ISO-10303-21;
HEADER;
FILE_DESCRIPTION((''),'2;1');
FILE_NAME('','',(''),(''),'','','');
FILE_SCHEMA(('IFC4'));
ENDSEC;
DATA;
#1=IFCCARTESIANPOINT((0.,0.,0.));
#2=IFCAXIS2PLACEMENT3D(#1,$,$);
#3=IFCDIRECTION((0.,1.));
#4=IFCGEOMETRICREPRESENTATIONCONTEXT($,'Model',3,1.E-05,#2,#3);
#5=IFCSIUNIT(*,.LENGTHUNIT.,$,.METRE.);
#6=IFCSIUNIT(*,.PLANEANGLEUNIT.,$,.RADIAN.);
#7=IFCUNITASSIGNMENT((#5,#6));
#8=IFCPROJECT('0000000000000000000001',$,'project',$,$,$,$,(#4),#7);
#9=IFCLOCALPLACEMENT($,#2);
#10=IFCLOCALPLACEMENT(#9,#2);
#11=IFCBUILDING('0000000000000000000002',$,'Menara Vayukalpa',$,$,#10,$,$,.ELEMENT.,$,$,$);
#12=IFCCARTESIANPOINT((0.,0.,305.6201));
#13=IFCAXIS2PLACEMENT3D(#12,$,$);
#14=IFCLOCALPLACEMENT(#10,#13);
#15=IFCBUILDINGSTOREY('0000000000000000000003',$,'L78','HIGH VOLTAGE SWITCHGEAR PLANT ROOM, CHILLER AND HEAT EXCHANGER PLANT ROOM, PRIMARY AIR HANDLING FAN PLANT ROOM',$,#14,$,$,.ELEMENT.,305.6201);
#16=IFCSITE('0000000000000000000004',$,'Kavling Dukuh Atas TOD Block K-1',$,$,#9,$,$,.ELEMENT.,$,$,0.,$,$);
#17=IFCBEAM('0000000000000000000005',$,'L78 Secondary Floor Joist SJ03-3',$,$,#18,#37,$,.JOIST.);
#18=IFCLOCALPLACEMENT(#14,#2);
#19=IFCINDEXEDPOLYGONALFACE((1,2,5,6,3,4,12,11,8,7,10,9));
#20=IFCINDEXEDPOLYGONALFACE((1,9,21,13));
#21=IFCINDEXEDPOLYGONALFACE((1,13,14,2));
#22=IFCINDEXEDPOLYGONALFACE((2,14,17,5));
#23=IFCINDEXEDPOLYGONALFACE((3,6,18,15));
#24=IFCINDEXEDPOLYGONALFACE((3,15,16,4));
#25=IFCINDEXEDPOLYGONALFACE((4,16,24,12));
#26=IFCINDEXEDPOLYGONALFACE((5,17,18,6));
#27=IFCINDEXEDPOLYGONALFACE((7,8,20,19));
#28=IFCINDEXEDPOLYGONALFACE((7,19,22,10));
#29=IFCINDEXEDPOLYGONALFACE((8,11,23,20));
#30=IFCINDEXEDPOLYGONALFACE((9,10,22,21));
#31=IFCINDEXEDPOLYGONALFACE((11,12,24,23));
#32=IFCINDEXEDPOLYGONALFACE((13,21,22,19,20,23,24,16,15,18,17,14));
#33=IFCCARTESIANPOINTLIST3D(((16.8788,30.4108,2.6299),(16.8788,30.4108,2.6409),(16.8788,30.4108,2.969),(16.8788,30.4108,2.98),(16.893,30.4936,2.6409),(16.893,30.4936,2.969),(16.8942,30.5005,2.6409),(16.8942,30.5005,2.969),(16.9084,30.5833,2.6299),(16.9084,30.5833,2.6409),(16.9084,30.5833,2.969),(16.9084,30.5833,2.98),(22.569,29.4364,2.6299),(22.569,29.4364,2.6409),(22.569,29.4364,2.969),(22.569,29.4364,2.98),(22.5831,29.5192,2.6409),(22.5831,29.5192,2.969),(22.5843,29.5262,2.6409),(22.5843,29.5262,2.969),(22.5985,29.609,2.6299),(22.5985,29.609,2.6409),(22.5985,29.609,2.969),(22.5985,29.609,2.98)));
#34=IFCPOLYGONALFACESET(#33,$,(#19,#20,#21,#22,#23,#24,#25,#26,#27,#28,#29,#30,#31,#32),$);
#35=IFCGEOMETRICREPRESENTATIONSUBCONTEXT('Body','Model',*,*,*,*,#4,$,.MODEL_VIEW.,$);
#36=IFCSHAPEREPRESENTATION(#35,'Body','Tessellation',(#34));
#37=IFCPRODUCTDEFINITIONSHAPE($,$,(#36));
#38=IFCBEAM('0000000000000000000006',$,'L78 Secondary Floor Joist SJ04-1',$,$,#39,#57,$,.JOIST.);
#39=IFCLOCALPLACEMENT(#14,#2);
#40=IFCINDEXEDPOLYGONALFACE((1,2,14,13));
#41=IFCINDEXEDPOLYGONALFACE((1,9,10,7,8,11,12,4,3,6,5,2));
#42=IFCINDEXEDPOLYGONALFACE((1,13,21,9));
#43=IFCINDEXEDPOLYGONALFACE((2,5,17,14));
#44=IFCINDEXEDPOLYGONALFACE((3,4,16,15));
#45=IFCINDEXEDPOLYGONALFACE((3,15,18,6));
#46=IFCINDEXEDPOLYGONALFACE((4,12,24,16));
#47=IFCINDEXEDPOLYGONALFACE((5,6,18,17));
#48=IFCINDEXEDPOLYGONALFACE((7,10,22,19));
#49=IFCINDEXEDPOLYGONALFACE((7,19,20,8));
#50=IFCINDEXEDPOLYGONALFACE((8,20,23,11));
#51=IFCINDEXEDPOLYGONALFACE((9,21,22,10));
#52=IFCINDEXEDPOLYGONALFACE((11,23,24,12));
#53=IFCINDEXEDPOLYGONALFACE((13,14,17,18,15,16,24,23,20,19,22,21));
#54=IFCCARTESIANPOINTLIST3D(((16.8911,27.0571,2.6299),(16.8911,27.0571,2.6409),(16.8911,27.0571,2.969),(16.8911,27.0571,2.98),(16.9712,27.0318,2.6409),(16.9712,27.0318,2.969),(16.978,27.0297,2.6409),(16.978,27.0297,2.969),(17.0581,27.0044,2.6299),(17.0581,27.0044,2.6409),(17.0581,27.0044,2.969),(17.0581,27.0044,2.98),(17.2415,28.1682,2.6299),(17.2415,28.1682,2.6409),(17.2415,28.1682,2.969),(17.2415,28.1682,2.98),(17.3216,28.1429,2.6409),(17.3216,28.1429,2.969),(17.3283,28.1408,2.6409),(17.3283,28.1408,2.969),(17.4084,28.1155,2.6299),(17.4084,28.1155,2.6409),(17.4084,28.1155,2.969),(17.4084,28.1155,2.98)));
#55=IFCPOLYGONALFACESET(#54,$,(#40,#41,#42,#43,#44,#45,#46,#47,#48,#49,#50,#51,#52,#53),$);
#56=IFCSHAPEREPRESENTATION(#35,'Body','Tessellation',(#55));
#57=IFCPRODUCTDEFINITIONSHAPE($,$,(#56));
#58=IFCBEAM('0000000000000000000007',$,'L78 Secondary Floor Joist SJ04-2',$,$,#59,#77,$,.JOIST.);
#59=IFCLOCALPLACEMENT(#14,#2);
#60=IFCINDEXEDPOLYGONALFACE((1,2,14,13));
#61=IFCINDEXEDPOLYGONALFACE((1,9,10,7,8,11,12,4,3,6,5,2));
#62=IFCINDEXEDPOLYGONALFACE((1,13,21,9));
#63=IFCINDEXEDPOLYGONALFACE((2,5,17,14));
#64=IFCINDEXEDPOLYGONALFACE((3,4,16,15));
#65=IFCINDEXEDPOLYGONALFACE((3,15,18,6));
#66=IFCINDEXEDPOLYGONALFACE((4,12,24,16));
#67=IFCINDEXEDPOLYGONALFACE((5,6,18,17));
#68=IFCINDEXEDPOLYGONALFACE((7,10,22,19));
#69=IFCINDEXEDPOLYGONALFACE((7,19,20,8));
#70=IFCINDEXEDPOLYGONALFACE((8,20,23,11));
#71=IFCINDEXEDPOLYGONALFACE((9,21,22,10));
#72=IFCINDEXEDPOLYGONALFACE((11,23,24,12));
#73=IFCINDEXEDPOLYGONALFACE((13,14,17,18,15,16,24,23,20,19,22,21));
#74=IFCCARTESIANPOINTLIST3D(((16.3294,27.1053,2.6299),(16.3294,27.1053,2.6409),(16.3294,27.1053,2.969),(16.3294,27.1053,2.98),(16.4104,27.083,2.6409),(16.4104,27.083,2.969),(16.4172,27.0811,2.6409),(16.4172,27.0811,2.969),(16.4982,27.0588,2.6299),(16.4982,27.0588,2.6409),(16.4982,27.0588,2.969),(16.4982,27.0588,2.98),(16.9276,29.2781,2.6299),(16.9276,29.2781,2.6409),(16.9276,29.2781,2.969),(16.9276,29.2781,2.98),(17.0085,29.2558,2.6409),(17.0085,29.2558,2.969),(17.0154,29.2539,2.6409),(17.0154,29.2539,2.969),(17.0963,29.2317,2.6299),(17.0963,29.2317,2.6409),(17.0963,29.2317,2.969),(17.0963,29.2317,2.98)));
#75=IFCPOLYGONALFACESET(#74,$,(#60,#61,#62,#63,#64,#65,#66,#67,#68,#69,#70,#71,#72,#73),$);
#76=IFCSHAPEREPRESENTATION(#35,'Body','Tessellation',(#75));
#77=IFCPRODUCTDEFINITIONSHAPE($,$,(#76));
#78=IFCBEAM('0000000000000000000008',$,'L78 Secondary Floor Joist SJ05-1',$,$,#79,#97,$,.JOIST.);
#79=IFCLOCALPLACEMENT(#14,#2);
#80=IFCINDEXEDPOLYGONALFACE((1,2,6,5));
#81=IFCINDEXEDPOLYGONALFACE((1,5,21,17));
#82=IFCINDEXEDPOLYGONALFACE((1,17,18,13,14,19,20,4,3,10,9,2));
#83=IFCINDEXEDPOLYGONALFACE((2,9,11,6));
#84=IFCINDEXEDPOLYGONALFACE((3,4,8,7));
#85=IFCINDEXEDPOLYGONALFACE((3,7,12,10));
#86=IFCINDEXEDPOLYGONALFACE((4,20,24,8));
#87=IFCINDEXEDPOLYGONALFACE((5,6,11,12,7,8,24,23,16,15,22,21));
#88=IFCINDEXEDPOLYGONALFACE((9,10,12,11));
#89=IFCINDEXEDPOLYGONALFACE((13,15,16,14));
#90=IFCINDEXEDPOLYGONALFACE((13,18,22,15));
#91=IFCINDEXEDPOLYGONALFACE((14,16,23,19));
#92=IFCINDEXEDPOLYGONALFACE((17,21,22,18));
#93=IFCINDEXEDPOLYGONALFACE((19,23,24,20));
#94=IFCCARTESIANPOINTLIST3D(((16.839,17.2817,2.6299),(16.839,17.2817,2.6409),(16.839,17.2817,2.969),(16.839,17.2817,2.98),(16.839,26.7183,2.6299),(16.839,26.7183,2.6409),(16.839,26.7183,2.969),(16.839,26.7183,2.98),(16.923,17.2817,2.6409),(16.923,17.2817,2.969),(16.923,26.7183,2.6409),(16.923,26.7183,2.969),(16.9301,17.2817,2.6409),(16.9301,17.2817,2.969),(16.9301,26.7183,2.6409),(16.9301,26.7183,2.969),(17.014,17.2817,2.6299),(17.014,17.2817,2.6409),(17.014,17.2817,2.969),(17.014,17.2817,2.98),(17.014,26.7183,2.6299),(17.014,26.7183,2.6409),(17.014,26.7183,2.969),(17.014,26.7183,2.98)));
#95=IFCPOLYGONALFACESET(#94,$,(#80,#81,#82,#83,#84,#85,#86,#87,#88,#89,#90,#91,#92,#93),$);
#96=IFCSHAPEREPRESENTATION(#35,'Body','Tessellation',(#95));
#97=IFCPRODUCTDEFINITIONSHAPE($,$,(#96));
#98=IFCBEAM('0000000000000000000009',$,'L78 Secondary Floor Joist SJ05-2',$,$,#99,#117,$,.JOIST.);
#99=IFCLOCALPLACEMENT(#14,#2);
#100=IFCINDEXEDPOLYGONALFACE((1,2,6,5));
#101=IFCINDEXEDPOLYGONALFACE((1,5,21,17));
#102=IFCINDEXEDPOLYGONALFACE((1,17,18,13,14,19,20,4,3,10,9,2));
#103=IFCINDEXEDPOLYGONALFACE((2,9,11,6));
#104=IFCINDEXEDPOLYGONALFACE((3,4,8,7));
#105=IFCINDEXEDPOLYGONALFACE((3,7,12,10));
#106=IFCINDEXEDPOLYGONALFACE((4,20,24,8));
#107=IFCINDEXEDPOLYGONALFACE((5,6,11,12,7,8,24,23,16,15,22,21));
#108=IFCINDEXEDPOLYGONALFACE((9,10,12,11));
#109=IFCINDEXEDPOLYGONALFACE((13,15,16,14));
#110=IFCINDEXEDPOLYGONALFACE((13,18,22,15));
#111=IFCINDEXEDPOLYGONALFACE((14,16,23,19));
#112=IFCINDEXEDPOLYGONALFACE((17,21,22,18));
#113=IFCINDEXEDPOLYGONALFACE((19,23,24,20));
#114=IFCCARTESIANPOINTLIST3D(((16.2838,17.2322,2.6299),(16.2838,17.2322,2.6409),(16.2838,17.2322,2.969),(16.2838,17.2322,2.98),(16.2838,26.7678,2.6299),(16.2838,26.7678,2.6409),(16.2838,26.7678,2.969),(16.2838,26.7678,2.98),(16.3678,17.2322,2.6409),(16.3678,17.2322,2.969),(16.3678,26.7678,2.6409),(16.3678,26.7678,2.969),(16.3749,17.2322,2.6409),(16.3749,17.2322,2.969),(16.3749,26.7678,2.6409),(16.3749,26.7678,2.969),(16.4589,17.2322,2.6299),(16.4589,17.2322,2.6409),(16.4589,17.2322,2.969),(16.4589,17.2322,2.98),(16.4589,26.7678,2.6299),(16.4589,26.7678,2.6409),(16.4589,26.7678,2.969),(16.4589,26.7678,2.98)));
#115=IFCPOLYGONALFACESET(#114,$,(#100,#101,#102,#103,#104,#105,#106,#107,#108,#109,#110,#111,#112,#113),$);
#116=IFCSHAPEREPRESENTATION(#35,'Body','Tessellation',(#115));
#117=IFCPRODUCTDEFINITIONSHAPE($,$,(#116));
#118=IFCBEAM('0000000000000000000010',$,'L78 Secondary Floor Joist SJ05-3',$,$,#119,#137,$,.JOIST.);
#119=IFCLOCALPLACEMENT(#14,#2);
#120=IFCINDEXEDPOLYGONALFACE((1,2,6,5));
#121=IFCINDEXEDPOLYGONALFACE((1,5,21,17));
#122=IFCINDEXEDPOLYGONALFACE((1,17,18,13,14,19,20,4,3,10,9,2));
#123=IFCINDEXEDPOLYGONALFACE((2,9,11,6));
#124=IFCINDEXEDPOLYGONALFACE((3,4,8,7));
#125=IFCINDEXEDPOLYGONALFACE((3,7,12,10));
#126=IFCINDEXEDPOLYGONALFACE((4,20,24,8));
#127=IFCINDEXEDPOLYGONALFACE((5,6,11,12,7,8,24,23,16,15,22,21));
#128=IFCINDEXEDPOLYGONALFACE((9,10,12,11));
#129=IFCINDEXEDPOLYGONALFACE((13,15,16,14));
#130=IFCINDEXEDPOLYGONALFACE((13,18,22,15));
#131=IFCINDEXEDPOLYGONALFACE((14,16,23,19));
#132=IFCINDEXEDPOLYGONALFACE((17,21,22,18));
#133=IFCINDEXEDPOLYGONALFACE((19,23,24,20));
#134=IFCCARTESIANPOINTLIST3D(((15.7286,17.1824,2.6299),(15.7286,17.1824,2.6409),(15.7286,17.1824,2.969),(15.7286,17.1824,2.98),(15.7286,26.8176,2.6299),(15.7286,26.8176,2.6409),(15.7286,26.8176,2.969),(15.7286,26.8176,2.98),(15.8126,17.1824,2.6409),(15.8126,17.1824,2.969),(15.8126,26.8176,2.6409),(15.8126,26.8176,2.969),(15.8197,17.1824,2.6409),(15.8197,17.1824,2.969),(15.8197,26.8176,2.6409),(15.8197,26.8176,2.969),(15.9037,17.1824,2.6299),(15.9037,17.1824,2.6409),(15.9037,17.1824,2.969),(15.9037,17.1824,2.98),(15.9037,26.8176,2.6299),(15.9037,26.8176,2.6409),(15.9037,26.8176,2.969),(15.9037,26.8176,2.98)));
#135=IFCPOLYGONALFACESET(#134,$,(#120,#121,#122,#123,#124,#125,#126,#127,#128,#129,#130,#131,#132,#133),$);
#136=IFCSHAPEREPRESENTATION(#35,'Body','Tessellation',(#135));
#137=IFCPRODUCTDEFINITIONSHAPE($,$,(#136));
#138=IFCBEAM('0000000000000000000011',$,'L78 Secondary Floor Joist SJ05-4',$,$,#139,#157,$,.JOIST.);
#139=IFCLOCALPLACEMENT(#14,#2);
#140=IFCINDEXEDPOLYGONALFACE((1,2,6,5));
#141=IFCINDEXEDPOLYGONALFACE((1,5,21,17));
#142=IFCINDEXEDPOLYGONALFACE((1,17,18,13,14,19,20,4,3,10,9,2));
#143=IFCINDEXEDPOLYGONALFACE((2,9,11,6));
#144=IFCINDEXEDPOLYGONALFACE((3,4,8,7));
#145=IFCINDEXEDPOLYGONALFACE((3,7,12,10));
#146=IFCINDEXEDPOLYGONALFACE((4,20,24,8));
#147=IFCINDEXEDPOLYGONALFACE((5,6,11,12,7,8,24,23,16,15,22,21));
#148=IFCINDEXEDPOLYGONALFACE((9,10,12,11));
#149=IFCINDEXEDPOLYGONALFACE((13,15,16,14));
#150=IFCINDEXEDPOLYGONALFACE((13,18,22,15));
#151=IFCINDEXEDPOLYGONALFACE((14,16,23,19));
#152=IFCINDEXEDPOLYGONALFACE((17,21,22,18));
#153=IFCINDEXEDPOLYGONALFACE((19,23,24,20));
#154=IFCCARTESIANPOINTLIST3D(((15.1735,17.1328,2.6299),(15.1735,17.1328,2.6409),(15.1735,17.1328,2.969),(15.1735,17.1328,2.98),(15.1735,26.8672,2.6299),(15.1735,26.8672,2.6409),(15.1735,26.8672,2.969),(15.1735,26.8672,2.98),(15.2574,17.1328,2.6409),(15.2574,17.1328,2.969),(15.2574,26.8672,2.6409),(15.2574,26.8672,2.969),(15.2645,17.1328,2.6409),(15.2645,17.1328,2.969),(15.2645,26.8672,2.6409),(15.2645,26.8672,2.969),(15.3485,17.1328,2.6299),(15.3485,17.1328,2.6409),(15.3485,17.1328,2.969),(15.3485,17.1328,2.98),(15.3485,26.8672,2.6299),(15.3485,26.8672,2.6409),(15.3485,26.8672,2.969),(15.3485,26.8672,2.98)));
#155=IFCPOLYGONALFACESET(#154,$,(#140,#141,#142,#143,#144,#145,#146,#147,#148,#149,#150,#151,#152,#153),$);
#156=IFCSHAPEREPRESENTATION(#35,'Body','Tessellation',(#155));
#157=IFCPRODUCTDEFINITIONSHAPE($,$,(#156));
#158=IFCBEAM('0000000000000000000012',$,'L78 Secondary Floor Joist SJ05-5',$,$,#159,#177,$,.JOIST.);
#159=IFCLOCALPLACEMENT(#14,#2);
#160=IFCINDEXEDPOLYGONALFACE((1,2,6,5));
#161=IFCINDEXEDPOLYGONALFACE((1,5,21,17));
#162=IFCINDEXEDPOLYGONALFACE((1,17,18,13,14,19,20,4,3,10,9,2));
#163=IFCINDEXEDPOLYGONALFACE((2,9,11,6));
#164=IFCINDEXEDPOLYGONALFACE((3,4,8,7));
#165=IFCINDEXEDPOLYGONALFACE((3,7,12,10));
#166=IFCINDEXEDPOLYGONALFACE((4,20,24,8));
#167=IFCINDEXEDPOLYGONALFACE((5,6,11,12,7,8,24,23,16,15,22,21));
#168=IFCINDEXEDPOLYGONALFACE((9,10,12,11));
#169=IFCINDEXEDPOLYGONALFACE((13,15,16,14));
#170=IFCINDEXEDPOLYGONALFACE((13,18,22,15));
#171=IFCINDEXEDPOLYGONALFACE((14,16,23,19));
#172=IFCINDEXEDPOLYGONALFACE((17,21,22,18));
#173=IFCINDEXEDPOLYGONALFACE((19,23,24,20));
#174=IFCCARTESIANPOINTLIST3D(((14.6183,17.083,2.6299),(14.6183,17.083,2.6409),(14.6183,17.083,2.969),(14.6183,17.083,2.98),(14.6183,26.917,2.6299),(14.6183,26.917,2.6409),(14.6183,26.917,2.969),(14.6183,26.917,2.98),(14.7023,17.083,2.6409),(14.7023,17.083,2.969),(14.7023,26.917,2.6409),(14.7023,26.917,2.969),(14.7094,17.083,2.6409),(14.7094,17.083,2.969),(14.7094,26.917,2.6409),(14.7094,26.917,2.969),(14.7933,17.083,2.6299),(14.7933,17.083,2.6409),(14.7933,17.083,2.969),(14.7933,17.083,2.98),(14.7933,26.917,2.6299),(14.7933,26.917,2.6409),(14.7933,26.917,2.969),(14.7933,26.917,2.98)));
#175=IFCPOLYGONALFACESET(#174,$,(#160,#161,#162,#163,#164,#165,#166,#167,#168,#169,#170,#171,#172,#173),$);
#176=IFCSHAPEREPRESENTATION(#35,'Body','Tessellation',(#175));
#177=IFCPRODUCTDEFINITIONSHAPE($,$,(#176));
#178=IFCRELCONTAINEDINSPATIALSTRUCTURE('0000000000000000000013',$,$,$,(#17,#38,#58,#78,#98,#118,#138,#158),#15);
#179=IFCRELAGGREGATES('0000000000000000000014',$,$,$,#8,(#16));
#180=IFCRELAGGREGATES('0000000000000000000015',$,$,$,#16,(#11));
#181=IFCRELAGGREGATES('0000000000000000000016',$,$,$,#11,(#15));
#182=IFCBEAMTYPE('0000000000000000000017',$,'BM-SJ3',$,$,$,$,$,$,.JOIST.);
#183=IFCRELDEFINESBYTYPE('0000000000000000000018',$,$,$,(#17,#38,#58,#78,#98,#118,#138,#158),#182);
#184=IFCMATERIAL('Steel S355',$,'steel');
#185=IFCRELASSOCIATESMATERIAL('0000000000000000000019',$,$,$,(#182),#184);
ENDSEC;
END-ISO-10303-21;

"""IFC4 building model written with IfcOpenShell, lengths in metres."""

from ifc_helpers import new_model, si_unit, direction, frame, origin, origin_2d, place, context, subcontext, project, spatial, i_section, extrude, material, material_profile, profile_set, type_object, element, save


model = new_model("IFC4")

# Units and contexts
model_context = context("Model", 3, precision=1e-05, world=origin(), true_north=direction((0.0, 1.0)))
body_context = subcontext(model_context, "Body", "Model", "MODEL_VIEW")
ifc_project = project(units=[si_unit("LENGTHUNIT", "METRE"), si_unit("PLANEANGLEUNIT", "RADIAN")], contexts=[model_context])

# Site, building, storey
site_placement = place(None, origin())
site = spatial("IfcSite", under=ifc_project, at=site_placement, Name="Kavling Dukuh Atas TOD Block K-1", CompositionType="ELEMENT", RefElevation=0.0)
building_placement = place(site_placement, origin())
building = spatial("IfcBuilding", under=site, at=building_placement, Name="Menara Vayukalpa", CompositionType="ELEMENT")
storey_placement = place(building_placement, frame((0.0, 0.0, 305.6201)))
storey = spatial("IfcBuildingStorey", under=building, at=storey_placement, Name="L78", Description="HIGH VOLTAGE SWITCHGEAR PLANT ROOM, CHILLER AND HEAT EXCHANGER PLANT ROOM, PRIMARY AIR HANDLING FAN PLANT ROOM", CompositionType="ELEMENT", Elevation=305.6201)

# Beams
ifc_material_1 = material(Name="Steel S355", Category="steel")
ifc_material_profile_1 = material_profile(ifc_material_1, i_section(OverallWidth=0.175, OverallDepth=0.3501, WebThickness=0.0071, FlangeThickness=0.011, at=origin_2d()), Name="WF 350x175x7x11")
ifc_profile_set_1 = profile_set([ifc_material_profile_1], Name="Steel S355")
beam_type_1 = type_object("IfcBeamType", Name="BM-SJ3", PredefinedType="JOIST", material=ifc_profile_set_1)
beam_1_placement = place(storey_placement, frame((22.5837, 29.5227, 2.8049), z_axis=(-0.985654, 0.16878, 0.0), x_axis=(-0.16878, -0.985654, 0.0)))
element("IfcBeam", 1, at=beam_1_placement, inside=storey, type_object=beam_type_1, Name="L78 Secondary Floor Joist SJ03-3", PredefinedType="JOIST", context=body_context, shape_type="SweptSolid", body=[
    extrude(i_section(OverallWidth=0.175, OverallDepth=0.3501, WebThickness=0.0071, FlangeThickness=0.011, at=origin_2d()), origin(), (0.0, 0.0, 1.0), 5.7729),
])
beam_2_placement = place(storey_placement, frame((17.325, 28.1418, 2.8049), z_axis=(-0.30072, -0.953712, 0.0), x_axis=(0.953712, -0.30072, 0.0)))
element("IfcBeam", 2, at=beam_2_placement, inside=storey, type_object=beam_type_1, Name="L78 Secondary Floor Joist SJ04-1", PredefinedType="JOIST", context=body_context, shape_type="SweptSolid", body=[
    extrude(i_section(OverallWidth=0.175, OverallDepth=0.3501, WebThickness=0.0071, FlangeThickness=0.011, at=origin_2d()), origin(), (0.0, 0.0, 1.0), 1.165),
])
beam_3_placement = place(storey_placement, frame((17.012, 29.2549, 2.8049), z_axis=(-0.265408, -0.964136, 0.0), x_axis=(0.964136, -0.265408, 0.0)))
element("IfcBeam", 3, at=beam_3_placement, inside=storey, type_object=beam_type_1, Name="L78 Secondary Floor Joist SJ04-2", PredefinedType="JOIST", context=body_context, shape_type="SweptSolid", body=[
    extrude(i_section(OverallWidth=0.175, OverallDepth=0.3501, WebThickness=0.0071, FlangeThickness=0.011, at=origin_2d()), origin(), (0.0, 0.0, 1.0), 2.2537),
])
beam_4_placement = place(storey_placement, frame((16.9265, 26.7183, 2.8049), z_axis=(0.0, -1.0, 0.0), x_axis=(1.0, 0.0, 0.0)))
element("IfcBeam", 4, at=beam_4_placement, inside=storey, type_object=beam_type_1, Name="L78 Secondary Floor Joist SJ05-1", PredefinedType="JOIST", context=body_context, shape_type="SweptSolid", body=[
    extrude(i_section(OverallWidth=0.175, OverallDepth=0.3501, WebThickness=0.0071, FlangeThickness=0.011, at=origin_2d()), origin(), (0.0, 0.0, 1.0), 9.4365),
])
beam_5_placement = place(storey_placement, frame((16.3713, 26.7678, 2.8049), z_axis=(0.0, -1.0, 0.0), x_axis=(1.0, 0.0, 0.0)))
element("IfcBeam", 5, at=beam_5_placement, inside=storey, type_object=beam_type_1, Name="L78 Secondary Floor Joist SJ05-2", PredefinedType="JOIST", context=body_context, shape_type="SweptSolid", body=[
    extrude(i_section(OverallWidth=0.175, OverallDepth=0.3501, WebThickness=0.0071, FlangeThickness=0.011, at=origin_2d()), origin(), (0.0, 0.0, 1.0), 9.5356),
])
beam_6_placement = place(storey_placement, frame((15.8162, 26.8176, 2.8049), z_axis=(0.0, -1.0, 0.0), x_axis=(1.0, 0.0, 0.0)))
element("IfcBeam", 6, at=beam_6_placement, inside=storey, type_object=beam_type_1, Name="L78 Secondary Floor Joist SJ05-3", PredefinedType="JOIST", context=body_context, shape_type="SweptSolid", body=[
    extrude(i_section(OverallWidth=0.175, OverallDepth=0.3501, WebThickness=0.0071, FlangeThickness=0.011, at=origin_2d()), origin(), (0.0, 0.0, 1.0), 9.6353),
])
beam_7_placement = place(storey_placement, frame((15.261, 26.8672, 2.8049), z_axis=(0.0, -1.0, 0.0), x_axis=(1.0, 0.0, 0.0)))
element("IfcBeam", 7, at=beam_7_placement, inside=storey, type_object=beam_type_1, Name="L78 Secondary Floor Joist SJ05-4", PredefinedType="JOIST", context=body_context, shape_type="SweptSolid", body=[
    extrude(i_section(OverallWidth=0.175, OverallDepth=0.3501, WebThickness=0.0071, FlangeThickness=0.011, at=origin_2d()), origin(), (0.0, 0.0, 1.0), 9.7344),
])
beam_8_placement = place(storey_placement, frame((14.7058, 26.917, 2.8049), z_axis=(0.0, -1.0, 0.0), x_axis=(1.0, 0.0, 0.0)))
element("IfcBeam", 8, at=beam_8_placement, inside=storey, type_object=beam_type_1, Name="L78 Secondary Floor Joist SJ05-5", PredefinedType="JOIST", context=body_context, shape_type="SweptSolid", body=[
    extrude(i_section(OverallWidth=0.175, OverallDepth=0.3501, WebThickness=0.0071, FlangeThickness=0.011, at=origin_2d()), origin(), (0.0, 0.0, 1.0), 9.834),
])

save(model, "model.ifc")
